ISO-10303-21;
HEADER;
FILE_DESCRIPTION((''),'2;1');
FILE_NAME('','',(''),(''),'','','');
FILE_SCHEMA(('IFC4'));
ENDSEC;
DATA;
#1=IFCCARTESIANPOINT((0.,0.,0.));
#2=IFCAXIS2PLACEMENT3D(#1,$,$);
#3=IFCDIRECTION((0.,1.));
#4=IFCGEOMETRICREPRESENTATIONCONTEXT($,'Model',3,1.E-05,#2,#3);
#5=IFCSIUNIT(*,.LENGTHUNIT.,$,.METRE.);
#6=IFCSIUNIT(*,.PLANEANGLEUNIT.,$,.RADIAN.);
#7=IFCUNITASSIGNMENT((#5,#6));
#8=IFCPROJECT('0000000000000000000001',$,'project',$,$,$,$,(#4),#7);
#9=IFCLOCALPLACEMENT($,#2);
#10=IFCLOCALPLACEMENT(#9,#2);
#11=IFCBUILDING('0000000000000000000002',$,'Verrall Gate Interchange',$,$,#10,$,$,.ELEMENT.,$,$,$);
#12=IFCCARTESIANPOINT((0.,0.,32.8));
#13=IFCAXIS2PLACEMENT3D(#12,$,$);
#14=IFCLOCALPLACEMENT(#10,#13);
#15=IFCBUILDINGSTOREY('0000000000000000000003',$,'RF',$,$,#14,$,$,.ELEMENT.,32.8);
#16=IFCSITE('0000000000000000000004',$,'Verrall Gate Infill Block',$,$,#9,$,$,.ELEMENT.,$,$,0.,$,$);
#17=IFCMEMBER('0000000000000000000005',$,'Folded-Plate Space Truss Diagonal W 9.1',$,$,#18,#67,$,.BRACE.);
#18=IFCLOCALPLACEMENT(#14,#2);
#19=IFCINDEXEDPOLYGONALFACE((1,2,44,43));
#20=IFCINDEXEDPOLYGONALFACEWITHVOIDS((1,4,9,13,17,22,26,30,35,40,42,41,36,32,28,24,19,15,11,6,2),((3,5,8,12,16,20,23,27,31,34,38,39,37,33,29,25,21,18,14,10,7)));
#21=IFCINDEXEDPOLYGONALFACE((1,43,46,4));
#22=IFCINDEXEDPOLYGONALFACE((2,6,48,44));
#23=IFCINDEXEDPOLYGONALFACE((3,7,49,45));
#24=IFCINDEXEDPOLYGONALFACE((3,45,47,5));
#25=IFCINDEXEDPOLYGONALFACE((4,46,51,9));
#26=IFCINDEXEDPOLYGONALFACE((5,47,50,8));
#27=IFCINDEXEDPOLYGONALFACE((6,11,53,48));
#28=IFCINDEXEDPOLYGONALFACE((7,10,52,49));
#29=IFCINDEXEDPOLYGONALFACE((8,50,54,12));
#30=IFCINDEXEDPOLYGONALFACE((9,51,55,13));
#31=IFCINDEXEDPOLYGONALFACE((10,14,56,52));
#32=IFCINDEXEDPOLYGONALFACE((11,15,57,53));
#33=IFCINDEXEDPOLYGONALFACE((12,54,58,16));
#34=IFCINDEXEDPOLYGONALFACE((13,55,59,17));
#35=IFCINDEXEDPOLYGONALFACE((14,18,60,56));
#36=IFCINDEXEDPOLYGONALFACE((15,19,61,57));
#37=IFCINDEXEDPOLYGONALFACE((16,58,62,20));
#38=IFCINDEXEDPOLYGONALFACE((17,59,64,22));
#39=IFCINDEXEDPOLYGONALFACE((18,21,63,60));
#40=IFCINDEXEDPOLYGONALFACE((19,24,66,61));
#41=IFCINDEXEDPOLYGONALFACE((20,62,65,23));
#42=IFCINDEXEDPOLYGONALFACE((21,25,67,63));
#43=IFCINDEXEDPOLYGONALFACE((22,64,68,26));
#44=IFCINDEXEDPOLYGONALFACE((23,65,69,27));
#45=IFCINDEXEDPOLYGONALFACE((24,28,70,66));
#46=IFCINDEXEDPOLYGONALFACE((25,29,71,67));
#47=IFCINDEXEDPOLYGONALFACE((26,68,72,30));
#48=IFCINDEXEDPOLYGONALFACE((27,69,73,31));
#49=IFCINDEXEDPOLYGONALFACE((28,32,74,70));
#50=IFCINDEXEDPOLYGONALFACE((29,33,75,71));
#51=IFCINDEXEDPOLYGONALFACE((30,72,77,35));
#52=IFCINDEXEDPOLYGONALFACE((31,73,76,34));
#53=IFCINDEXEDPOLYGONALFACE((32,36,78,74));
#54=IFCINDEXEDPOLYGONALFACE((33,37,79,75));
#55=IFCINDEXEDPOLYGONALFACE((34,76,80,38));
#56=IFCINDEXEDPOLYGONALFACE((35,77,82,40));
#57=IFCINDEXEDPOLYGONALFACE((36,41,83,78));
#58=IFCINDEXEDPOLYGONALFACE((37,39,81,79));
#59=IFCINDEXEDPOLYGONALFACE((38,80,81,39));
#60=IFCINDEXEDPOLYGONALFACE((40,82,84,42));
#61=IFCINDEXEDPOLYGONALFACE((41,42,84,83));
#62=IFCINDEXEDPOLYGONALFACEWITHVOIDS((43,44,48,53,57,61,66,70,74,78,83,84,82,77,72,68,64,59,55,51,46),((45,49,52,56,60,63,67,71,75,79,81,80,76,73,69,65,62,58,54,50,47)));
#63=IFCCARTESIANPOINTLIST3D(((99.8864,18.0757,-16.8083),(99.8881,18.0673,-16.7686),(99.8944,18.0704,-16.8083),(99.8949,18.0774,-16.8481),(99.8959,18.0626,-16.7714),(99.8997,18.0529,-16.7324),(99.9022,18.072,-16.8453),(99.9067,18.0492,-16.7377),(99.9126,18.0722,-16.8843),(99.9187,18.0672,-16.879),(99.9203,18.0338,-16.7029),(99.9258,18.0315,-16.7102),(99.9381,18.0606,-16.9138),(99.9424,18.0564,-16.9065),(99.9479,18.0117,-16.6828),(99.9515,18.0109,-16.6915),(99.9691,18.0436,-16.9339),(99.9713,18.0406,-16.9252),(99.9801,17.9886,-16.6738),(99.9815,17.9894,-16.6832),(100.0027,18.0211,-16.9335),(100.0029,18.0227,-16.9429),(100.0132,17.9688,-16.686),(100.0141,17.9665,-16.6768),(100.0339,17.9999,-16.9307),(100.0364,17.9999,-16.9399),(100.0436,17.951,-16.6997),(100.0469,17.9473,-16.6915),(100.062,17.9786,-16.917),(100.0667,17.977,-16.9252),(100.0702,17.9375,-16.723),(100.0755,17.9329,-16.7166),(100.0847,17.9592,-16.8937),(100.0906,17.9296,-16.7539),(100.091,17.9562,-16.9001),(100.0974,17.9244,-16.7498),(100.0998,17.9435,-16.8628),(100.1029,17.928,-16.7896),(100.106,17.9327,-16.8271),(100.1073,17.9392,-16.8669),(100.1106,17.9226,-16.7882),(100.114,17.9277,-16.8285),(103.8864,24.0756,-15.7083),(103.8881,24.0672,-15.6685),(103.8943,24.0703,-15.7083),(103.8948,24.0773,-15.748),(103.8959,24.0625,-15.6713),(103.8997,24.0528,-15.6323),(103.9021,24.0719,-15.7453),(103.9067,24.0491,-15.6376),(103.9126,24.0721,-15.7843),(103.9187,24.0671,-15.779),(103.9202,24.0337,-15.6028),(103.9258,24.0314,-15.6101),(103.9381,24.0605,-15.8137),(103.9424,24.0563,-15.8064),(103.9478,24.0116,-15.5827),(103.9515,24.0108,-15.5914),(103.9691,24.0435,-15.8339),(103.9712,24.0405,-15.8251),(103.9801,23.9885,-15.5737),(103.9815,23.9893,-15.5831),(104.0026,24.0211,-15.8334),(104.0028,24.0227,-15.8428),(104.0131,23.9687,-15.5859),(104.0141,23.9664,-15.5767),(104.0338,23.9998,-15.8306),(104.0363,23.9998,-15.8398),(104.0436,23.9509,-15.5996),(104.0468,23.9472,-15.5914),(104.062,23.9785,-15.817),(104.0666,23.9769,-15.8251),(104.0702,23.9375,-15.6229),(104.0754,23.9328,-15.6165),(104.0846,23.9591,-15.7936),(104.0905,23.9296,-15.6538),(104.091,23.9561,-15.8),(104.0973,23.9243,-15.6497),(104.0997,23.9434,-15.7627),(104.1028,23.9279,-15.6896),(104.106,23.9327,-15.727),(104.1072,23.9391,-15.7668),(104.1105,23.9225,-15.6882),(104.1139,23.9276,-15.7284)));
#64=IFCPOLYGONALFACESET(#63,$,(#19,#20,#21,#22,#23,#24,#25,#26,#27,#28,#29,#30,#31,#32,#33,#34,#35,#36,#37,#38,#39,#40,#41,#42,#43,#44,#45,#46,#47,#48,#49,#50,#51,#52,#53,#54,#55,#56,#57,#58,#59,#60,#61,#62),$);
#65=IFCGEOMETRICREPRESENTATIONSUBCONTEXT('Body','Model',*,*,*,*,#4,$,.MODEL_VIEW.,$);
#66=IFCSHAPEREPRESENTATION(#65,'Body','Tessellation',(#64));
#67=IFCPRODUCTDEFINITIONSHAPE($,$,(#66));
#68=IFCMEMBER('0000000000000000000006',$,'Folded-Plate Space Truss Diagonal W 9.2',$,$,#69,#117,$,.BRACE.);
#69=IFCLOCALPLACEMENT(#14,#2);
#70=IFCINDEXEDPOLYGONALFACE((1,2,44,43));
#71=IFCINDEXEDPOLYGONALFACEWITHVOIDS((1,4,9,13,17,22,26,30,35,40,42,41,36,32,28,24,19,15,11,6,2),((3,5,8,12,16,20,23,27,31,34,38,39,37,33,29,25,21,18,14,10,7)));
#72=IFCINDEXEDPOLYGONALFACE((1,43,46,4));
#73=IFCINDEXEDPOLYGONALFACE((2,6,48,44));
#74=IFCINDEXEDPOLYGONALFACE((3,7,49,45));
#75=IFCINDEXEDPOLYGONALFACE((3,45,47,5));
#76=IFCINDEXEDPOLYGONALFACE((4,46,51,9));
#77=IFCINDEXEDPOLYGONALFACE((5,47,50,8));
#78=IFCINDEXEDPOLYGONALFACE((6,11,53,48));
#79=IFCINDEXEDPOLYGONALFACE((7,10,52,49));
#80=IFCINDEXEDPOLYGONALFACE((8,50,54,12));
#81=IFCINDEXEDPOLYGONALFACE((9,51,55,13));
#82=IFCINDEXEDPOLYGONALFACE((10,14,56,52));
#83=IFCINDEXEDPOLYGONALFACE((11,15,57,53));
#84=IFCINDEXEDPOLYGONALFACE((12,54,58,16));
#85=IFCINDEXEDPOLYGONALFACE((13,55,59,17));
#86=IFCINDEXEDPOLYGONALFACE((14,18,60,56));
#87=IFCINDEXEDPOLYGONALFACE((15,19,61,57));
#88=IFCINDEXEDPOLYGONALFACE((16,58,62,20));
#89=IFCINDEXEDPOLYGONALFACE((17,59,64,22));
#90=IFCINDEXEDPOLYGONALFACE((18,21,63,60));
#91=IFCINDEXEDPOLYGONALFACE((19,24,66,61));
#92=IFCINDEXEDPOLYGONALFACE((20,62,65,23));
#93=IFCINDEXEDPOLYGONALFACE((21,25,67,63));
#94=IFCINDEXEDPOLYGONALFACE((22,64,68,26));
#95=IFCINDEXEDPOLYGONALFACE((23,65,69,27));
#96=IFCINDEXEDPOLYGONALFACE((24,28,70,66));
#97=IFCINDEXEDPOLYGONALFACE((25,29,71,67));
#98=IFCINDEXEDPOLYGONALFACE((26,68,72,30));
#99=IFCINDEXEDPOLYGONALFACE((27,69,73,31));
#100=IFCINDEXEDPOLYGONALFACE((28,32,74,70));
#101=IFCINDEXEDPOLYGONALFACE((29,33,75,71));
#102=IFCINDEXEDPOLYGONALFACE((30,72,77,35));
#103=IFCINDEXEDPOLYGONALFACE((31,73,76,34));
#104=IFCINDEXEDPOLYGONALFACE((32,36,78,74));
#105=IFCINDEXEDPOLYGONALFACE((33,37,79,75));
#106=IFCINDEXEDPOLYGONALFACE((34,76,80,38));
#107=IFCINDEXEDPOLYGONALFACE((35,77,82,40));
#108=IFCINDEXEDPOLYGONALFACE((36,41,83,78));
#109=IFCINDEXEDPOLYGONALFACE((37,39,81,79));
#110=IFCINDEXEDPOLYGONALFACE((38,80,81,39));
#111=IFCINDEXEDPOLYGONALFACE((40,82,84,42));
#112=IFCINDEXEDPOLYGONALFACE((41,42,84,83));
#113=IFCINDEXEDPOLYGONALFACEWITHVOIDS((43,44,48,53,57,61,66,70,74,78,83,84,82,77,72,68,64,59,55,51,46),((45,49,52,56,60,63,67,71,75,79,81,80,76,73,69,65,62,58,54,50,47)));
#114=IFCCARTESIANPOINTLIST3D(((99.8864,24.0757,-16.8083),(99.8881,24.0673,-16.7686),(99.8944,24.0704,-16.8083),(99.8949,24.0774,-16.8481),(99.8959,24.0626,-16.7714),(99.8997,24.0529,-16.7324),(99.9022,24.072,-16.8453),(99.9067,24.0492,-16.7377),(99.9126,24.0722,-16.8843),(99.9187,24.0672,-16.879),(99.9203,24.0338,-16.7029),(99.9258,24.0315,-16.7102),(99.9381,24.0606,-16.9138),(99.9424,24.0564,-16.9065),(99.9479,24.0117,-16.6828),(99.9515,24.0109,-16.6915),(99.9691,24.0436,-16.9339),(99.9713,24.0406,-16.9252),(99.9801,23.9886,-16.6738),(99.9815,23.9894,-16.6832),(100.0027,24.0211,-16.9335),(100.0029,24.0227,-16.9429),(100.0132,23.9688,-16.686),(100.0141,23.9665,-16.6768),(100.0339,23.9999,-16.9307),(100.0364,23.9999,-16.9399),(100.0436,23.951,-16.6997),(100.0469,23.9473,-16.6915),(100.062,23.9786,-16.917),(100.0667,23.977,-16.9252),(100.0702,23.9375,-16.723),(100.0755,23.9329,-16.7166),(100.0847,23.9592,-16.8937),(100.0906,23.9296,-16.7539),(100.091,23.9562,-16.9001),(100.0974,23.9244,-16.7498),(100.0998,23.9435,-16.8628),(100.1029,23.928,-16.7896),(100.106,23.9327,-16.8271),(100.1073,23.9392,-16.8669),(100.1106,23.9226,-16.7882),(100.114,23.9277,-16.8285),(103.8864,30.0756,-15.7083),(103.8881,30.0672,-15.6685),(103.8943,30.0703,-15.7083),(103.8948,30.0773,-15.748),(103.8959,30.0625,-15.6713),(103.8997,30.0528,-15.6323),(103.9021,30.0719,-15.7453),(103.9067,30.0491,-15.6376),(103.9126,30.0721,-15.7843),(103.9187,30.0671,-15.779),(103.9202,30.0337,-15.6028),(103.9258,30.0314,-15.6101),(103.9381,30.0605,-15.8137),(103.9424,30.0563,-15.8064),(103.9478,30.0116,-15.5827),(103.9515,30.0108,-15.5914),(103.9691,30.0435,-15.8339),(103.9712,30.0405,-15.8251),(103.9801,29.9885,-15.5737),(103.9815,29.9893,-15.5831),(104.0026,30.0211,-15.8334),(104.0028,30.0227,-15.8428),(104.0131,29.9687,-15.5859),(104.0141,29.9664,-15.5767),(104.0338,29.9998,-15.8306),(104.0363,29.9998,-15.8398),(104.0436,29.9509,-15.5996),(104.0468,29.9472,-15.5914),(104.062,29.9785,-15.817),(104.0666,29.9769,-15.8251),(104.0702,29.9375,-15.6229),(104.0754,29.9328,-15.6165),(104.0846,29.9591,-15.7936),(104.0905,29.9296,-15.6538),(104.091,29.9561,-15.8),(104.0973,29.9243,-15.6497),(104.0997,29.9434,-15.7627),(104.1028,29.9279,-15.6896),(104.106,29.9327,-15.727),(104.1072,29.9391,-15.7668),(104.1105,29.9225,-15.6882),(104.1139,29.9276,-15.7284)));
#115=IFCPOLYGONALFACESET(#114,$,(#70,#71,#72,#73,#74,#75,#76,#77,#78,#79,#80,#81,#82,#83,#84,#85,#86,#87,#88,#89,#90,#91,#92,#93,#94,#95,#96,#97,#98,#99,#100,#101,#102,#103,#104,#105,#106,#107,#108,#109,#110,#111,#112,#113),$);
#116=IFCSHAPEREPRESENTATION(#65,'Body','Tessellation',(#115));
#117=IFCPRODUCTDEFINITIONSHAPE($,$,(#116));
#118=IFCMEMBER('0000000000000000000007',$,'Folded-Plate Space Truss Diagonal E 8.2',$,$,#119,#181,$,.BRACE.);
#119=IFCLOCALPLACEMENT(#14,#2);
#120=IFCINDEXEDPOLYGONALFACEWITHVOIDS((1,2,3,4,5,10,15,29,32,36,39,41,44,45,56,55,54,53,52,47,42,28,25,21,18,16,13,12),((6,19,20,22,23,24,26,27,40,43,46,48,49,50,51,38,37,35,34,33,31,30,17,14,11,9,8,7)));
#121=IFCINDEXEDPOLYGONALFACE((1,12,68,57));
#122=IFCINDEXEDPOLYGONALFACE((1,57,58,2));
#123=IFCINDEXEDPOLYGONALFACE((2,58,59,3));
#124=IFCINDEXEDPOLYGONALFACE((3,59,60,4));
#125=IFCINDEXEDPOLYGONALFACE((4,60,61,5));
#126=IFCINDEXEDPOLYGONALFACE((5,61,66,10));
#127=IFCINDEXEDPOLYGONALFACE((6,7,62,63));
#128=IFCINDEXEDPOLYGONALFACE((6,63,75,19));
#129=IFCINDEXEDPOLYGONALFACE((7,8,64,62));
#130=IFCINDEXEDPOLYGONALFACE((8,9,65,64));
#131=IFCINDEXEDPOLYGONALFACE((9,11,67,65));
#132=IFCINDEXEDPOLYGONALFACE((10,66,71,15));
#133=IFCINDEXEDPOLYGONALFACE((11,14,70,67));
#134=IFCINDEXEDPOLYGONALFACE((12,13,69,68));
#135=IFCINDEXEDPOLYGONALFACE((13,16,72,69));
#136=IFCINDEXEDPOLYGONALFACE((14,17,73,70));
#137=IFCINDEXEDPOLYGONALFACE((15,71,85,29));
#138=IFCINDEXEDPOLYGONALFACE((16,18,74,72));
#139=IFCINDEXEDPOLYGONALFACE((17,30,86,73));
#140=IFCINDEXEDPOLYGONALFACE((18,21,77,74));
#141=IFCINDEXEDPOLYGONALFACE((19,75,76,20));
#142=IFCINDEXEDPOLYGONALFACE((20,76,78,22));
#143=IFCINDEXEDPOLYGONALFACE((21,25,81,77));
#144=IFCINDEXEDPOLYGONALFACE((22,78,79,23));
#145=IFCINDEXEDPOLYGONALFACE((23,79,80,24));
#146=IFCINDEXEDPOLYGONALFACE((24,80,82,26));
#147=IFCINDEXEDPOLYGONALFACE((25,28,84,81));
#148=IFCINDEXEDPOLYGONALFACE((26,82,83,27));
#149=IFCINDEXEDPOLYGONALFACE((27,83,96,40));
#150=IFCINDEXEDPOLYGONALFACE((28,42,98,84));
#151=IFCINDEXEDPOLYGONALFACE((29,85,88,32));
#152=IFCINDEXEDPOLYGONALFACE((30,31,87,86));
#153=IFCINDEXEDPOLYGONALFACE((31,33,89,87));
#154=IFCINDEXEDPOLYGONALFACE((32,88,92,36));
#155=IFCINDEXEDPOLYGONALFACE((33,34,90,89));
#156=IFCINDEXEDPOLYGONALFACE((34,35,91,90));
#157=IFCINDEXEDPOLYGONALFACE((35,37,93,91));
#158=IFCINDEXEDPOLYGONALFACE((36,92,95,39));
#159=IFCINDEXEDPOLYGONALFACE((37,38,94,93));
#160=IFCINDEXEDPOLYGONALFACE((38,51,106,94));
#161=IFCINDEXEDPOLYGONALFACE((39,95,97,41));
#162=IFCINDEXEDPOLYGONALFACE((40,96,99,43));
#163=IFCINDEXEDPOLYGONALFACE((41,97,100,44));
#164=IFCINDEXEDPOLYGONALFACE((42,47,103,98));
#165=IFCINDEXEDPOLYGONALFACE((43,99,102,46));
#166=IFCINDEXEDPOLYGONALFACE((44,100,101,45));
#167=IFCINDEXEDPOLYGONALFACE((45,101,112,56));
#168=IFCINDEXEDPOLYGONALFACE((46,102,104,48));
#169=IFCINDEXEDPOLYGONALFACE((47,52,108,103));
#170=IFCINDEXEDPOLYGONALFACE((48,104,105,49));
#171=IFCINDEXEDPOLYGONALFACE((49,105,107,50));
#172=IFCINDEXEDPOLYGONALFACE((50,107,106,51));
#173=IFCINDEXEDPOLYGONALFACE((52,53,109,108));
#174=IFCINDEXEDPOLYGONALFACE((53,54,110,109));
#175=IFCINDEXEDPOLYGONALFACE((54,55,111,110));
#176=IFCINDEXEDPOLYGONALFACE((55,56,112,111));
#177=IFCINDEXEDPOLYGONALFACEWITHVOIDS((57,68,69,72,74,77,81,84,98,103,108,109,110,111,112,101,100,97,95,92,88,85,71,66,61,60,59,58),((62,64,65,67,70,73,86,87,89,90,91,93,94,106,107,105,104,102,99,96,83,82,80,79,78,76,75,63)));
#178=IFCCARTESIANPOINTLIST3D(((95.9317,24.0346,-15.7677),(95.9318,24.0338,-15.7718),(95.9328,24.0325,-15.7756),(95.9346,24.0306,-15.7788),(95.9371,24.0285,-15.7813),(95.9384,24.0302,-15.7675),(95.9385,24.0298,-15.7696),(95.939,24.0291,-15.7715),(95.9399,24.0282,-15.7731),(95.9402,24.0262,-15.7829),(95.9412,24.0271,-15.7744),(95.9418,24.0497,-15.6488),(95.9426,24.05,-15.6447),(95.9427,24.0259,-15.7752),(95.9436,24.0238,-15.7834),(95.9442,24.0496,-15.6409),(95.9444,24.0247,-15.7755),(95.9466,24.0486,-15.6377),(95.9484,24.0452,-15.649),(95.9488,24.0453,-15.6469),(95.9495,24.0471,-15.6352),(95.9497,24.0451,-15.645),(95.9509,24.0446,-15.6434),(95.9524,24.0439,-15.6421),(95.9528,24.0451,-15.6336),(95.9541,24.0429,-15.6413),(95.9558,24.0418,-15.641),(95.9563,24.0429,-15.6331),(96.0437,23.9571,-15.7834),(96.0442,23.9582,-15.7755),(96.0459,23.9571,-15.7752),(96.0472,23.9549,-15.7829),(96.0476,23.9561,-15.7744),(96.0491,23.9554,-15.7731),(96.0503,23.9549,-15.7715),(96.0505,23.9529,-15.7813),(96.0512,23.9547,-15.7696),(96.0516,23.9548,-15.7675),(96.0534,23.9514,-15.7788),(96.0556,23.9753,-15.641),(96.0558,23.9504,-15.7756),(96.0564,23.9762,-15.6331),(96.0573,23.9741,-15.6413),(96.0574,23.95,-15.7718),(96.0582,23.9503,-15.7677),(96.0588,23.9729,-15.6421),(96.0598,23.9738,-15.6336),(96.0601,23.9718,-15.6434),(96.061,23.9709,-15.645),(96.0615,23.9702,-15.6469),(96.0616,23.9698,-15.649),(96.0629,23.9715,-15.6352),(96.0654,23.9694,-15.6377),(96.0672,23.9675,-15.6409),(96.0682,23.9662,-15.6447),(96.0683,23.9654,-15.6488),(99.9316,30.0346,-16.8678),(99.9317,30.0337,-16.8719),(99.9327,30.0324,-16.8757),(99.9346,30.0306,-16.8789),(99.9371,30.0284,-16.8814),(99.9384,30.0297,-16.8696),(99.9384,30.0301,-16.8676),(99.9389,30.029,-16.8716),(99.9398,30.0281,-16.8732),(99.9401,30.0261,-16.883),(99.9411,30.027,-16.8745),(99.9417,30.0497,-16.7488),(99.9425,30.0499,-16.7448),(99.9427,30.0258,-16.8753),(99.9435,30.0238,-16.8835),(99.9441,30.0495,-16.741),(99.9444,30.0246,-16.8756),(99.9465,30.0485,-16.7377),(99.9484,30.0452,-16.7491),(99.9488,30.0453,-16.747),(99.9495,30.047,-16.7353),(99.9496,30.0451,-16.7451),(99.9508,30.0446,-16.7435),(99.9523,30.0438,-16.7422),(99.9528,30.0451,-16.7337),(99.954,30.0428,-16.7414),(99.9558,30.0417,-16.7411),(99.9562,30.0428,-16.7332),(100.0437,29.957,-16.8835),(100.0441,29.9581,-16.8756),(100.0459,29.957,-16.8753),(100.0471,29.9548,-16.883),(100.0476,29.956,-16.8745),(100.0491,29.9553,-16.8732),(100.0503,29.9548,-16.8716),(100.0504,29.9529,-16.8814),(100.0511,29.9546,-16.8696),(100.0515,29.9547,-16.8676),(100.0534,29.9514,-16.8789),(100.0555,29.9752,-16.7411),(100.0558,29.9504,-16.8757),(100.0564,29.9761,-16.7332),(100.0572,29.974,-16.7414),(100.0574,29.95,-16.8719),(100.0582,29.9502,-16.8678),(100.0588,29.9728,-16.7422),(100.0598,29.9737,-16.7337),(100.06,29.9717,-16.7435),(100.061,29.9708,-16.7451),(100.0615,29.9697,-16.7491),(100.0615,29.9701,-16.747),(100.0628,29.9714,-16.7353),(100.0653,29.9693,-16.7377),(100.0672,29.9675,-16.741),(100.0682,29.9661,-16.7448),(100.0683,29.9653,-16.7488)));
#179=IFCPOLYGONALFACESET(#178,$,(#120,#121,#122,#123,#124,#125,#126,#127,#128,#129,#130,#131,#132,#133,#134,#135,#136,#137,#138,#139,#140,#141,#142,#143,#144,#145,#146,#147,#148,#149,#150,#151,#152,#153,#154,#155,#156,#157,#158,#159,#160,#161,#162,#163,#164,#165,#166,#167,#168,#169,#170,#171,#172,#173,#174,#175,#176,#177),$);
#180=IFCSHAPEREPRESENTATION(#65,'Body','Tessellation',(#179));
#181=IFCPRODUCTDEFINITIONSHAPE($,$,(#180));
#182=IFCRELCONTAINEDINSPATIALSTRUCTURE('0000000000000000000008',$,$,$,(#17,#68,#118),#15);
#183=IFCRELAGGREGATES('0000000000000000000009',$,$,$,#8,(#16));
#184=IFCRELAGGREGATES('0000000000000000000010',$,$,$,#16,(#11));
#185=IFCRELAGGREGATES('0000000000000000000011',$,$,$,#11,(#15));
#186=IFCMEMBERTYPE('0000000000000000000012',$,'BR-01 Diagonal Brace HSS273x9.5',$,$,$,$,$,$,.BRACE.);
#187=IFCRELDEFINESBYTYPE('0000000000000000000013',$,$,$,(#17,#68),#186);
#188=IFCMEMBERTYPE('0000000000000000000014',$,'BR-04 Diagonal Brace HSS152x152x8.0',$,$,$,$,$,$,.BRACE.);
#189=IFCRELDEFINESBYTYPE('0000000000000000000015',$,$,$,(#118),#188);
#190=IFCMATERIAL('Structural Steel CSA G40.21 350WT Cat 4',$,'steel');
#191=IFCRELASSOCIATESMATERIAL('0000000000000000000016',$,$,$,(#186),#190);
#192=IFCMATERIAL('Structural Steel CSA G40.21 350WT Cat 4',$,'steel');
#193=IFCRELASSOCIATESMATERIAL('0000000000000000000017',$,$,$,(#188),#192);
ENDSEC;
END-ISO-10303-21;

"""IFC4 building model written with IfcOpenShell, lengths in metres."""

from ifc_helpers import new_model, si_unit, direction, frame, origin, origin_2d, place, context, subcontext, project, spatial, hollow_rectangle, hollow_circle, extrude, material, material_profile, profile_set, type_object, element, save


model = new_model("IFC4")

# Units and contexts
model_context = context("Model", 3, precision=1e-05, world=origin(), true_north=direction((0.0, 1.0)))
body_context = subcontext(model_context, "Body", "Model", "MODEL_VIEW")
ifc_project = project(units=[si_unit("LENGTHUNIT", "METRE"), si_unit("PLANEANGLEUNIT", "RADIAN")], contexts=[model_context])

# Site, building, storey
site_placement = place(None, origin())
site = spatial("IfcSite", under=ifc_project, at=site_placement, Name="Verrall Gate Infill Block", CompositionType="ELEMENT", RefElevation=0.0)
building_placement = place(site_placement, origin())
building = spatial("IfcBuilding", under=site, at=building_placement, Name="Verrall Gate Interchange", CompositionType="ELEMENT")
storey_placement = place(building_placement, frame((0.0, 0.0, 32.8)))
storey = spatial("IfcBuildingStorey", under=building, at=storey_placement, Name="RF", CompositionType="ELEMENT", Elevation=32.8)

# Members
ifc_material_1 = material(Name="Structural Steel CSA G40.21 350WT Cat 4", Category="steel")
ifc_material_profile_1 = material_profile(ifc_material_1, hollow_circle(Radius=0.1365, WallThickness=0.0095, at=origin_2d()), Name="HSS273x9.5")
ifc_profile_set_1 = profile_set([ifc_material_profile_1], Name="Structural Steel CSA G40.21 350WT Cat 4")
member_type_1 = type_object("IfcMemberType", Name="BR-01 Diagonal Brace HSS273x9.5", PredefinedType="BRACE", material=ifc_profile_set_1)
for number, where, z_axis, x_axis, name in (
    (1, (100.0, 18.0, -16.8083), (0.548356, 0.822534, 0.150811), (-0.83205, 0.5547, 0.0), "Folded-Plate Space Truss Diagonal W 9.1"),
    (2, (100.0, 24.0, -16.8083), (0.548356, 0.822534, 0.150811), (-0.83205, 0.5547, 0.0), "Folded-Plate Space Truss Diagonal W 9.2"),
):
    element("IfcMember", number, at=place(storey_placement, frame(where, z_axis=z_axis, x_axis=x_axis)), inside=storey, type_object=member_type_1, Name=name, PredefinedType="BRACE", context=body_context, shape_type="SweptSolid", body=[
        extrude(hollow_circle(Radius=0.1365, WallThickness=0.0095, at=origin_2d()), origin(), (0.0, 0.0, 1.0), 7.2944),
    ])
ifc_material_2 = material(Name="Structural Steel CSA G40.21 350WT Cat 4", Category="steel")
ifc_material_profile_2 = material_profile(ifc_material_2, hollow_rectangle(XDim=0.1521, YDim=0.1521, WallThickness=0.0081, InnerFilletRadius=0.0081, OuterFilletRadius=0.0159, at=origin_2d()), Name="HSS152x152x8.0")
ifc_profile_set_2 = profile_set([ifc_material_profile_2], Name="Structural Steel CSA G40.21 350WT Cat 4")
member_type_2 = type_object("IfcMemberType", Name="BR-04 Diagonal Brace HSS152x152x8.0", PredefinedType="BRACE", material=ifc_profile_set_2)
member_1_placement = place(storey_placement, frame((96.0, 24.0, -15.7083), z_axis=(0.548356, 0.822534, -0.150811), x_axis=(-0.83205, 0.5547, 0.0)))
element("IfcMember", 3, at=member_1_placement, inside=storey, type_object=member_type_2, Name="Folded-Plate Space Truss Diagonal E 8.2", PredefinedType="BRACE", context=body_context, shape_type="SweptSolid", body=[
    extrude(hollow_rectangle(XDim=0.1521, YDim=0.1521, WallThickness=0.0081, InnerFilletRadius=0.0081, OuterFilletRadius=0.0159, at=origin_2d()), origin(), (0.0, 0.0, 1.0), 7.2944),
])

save(model, "model.ifc")
